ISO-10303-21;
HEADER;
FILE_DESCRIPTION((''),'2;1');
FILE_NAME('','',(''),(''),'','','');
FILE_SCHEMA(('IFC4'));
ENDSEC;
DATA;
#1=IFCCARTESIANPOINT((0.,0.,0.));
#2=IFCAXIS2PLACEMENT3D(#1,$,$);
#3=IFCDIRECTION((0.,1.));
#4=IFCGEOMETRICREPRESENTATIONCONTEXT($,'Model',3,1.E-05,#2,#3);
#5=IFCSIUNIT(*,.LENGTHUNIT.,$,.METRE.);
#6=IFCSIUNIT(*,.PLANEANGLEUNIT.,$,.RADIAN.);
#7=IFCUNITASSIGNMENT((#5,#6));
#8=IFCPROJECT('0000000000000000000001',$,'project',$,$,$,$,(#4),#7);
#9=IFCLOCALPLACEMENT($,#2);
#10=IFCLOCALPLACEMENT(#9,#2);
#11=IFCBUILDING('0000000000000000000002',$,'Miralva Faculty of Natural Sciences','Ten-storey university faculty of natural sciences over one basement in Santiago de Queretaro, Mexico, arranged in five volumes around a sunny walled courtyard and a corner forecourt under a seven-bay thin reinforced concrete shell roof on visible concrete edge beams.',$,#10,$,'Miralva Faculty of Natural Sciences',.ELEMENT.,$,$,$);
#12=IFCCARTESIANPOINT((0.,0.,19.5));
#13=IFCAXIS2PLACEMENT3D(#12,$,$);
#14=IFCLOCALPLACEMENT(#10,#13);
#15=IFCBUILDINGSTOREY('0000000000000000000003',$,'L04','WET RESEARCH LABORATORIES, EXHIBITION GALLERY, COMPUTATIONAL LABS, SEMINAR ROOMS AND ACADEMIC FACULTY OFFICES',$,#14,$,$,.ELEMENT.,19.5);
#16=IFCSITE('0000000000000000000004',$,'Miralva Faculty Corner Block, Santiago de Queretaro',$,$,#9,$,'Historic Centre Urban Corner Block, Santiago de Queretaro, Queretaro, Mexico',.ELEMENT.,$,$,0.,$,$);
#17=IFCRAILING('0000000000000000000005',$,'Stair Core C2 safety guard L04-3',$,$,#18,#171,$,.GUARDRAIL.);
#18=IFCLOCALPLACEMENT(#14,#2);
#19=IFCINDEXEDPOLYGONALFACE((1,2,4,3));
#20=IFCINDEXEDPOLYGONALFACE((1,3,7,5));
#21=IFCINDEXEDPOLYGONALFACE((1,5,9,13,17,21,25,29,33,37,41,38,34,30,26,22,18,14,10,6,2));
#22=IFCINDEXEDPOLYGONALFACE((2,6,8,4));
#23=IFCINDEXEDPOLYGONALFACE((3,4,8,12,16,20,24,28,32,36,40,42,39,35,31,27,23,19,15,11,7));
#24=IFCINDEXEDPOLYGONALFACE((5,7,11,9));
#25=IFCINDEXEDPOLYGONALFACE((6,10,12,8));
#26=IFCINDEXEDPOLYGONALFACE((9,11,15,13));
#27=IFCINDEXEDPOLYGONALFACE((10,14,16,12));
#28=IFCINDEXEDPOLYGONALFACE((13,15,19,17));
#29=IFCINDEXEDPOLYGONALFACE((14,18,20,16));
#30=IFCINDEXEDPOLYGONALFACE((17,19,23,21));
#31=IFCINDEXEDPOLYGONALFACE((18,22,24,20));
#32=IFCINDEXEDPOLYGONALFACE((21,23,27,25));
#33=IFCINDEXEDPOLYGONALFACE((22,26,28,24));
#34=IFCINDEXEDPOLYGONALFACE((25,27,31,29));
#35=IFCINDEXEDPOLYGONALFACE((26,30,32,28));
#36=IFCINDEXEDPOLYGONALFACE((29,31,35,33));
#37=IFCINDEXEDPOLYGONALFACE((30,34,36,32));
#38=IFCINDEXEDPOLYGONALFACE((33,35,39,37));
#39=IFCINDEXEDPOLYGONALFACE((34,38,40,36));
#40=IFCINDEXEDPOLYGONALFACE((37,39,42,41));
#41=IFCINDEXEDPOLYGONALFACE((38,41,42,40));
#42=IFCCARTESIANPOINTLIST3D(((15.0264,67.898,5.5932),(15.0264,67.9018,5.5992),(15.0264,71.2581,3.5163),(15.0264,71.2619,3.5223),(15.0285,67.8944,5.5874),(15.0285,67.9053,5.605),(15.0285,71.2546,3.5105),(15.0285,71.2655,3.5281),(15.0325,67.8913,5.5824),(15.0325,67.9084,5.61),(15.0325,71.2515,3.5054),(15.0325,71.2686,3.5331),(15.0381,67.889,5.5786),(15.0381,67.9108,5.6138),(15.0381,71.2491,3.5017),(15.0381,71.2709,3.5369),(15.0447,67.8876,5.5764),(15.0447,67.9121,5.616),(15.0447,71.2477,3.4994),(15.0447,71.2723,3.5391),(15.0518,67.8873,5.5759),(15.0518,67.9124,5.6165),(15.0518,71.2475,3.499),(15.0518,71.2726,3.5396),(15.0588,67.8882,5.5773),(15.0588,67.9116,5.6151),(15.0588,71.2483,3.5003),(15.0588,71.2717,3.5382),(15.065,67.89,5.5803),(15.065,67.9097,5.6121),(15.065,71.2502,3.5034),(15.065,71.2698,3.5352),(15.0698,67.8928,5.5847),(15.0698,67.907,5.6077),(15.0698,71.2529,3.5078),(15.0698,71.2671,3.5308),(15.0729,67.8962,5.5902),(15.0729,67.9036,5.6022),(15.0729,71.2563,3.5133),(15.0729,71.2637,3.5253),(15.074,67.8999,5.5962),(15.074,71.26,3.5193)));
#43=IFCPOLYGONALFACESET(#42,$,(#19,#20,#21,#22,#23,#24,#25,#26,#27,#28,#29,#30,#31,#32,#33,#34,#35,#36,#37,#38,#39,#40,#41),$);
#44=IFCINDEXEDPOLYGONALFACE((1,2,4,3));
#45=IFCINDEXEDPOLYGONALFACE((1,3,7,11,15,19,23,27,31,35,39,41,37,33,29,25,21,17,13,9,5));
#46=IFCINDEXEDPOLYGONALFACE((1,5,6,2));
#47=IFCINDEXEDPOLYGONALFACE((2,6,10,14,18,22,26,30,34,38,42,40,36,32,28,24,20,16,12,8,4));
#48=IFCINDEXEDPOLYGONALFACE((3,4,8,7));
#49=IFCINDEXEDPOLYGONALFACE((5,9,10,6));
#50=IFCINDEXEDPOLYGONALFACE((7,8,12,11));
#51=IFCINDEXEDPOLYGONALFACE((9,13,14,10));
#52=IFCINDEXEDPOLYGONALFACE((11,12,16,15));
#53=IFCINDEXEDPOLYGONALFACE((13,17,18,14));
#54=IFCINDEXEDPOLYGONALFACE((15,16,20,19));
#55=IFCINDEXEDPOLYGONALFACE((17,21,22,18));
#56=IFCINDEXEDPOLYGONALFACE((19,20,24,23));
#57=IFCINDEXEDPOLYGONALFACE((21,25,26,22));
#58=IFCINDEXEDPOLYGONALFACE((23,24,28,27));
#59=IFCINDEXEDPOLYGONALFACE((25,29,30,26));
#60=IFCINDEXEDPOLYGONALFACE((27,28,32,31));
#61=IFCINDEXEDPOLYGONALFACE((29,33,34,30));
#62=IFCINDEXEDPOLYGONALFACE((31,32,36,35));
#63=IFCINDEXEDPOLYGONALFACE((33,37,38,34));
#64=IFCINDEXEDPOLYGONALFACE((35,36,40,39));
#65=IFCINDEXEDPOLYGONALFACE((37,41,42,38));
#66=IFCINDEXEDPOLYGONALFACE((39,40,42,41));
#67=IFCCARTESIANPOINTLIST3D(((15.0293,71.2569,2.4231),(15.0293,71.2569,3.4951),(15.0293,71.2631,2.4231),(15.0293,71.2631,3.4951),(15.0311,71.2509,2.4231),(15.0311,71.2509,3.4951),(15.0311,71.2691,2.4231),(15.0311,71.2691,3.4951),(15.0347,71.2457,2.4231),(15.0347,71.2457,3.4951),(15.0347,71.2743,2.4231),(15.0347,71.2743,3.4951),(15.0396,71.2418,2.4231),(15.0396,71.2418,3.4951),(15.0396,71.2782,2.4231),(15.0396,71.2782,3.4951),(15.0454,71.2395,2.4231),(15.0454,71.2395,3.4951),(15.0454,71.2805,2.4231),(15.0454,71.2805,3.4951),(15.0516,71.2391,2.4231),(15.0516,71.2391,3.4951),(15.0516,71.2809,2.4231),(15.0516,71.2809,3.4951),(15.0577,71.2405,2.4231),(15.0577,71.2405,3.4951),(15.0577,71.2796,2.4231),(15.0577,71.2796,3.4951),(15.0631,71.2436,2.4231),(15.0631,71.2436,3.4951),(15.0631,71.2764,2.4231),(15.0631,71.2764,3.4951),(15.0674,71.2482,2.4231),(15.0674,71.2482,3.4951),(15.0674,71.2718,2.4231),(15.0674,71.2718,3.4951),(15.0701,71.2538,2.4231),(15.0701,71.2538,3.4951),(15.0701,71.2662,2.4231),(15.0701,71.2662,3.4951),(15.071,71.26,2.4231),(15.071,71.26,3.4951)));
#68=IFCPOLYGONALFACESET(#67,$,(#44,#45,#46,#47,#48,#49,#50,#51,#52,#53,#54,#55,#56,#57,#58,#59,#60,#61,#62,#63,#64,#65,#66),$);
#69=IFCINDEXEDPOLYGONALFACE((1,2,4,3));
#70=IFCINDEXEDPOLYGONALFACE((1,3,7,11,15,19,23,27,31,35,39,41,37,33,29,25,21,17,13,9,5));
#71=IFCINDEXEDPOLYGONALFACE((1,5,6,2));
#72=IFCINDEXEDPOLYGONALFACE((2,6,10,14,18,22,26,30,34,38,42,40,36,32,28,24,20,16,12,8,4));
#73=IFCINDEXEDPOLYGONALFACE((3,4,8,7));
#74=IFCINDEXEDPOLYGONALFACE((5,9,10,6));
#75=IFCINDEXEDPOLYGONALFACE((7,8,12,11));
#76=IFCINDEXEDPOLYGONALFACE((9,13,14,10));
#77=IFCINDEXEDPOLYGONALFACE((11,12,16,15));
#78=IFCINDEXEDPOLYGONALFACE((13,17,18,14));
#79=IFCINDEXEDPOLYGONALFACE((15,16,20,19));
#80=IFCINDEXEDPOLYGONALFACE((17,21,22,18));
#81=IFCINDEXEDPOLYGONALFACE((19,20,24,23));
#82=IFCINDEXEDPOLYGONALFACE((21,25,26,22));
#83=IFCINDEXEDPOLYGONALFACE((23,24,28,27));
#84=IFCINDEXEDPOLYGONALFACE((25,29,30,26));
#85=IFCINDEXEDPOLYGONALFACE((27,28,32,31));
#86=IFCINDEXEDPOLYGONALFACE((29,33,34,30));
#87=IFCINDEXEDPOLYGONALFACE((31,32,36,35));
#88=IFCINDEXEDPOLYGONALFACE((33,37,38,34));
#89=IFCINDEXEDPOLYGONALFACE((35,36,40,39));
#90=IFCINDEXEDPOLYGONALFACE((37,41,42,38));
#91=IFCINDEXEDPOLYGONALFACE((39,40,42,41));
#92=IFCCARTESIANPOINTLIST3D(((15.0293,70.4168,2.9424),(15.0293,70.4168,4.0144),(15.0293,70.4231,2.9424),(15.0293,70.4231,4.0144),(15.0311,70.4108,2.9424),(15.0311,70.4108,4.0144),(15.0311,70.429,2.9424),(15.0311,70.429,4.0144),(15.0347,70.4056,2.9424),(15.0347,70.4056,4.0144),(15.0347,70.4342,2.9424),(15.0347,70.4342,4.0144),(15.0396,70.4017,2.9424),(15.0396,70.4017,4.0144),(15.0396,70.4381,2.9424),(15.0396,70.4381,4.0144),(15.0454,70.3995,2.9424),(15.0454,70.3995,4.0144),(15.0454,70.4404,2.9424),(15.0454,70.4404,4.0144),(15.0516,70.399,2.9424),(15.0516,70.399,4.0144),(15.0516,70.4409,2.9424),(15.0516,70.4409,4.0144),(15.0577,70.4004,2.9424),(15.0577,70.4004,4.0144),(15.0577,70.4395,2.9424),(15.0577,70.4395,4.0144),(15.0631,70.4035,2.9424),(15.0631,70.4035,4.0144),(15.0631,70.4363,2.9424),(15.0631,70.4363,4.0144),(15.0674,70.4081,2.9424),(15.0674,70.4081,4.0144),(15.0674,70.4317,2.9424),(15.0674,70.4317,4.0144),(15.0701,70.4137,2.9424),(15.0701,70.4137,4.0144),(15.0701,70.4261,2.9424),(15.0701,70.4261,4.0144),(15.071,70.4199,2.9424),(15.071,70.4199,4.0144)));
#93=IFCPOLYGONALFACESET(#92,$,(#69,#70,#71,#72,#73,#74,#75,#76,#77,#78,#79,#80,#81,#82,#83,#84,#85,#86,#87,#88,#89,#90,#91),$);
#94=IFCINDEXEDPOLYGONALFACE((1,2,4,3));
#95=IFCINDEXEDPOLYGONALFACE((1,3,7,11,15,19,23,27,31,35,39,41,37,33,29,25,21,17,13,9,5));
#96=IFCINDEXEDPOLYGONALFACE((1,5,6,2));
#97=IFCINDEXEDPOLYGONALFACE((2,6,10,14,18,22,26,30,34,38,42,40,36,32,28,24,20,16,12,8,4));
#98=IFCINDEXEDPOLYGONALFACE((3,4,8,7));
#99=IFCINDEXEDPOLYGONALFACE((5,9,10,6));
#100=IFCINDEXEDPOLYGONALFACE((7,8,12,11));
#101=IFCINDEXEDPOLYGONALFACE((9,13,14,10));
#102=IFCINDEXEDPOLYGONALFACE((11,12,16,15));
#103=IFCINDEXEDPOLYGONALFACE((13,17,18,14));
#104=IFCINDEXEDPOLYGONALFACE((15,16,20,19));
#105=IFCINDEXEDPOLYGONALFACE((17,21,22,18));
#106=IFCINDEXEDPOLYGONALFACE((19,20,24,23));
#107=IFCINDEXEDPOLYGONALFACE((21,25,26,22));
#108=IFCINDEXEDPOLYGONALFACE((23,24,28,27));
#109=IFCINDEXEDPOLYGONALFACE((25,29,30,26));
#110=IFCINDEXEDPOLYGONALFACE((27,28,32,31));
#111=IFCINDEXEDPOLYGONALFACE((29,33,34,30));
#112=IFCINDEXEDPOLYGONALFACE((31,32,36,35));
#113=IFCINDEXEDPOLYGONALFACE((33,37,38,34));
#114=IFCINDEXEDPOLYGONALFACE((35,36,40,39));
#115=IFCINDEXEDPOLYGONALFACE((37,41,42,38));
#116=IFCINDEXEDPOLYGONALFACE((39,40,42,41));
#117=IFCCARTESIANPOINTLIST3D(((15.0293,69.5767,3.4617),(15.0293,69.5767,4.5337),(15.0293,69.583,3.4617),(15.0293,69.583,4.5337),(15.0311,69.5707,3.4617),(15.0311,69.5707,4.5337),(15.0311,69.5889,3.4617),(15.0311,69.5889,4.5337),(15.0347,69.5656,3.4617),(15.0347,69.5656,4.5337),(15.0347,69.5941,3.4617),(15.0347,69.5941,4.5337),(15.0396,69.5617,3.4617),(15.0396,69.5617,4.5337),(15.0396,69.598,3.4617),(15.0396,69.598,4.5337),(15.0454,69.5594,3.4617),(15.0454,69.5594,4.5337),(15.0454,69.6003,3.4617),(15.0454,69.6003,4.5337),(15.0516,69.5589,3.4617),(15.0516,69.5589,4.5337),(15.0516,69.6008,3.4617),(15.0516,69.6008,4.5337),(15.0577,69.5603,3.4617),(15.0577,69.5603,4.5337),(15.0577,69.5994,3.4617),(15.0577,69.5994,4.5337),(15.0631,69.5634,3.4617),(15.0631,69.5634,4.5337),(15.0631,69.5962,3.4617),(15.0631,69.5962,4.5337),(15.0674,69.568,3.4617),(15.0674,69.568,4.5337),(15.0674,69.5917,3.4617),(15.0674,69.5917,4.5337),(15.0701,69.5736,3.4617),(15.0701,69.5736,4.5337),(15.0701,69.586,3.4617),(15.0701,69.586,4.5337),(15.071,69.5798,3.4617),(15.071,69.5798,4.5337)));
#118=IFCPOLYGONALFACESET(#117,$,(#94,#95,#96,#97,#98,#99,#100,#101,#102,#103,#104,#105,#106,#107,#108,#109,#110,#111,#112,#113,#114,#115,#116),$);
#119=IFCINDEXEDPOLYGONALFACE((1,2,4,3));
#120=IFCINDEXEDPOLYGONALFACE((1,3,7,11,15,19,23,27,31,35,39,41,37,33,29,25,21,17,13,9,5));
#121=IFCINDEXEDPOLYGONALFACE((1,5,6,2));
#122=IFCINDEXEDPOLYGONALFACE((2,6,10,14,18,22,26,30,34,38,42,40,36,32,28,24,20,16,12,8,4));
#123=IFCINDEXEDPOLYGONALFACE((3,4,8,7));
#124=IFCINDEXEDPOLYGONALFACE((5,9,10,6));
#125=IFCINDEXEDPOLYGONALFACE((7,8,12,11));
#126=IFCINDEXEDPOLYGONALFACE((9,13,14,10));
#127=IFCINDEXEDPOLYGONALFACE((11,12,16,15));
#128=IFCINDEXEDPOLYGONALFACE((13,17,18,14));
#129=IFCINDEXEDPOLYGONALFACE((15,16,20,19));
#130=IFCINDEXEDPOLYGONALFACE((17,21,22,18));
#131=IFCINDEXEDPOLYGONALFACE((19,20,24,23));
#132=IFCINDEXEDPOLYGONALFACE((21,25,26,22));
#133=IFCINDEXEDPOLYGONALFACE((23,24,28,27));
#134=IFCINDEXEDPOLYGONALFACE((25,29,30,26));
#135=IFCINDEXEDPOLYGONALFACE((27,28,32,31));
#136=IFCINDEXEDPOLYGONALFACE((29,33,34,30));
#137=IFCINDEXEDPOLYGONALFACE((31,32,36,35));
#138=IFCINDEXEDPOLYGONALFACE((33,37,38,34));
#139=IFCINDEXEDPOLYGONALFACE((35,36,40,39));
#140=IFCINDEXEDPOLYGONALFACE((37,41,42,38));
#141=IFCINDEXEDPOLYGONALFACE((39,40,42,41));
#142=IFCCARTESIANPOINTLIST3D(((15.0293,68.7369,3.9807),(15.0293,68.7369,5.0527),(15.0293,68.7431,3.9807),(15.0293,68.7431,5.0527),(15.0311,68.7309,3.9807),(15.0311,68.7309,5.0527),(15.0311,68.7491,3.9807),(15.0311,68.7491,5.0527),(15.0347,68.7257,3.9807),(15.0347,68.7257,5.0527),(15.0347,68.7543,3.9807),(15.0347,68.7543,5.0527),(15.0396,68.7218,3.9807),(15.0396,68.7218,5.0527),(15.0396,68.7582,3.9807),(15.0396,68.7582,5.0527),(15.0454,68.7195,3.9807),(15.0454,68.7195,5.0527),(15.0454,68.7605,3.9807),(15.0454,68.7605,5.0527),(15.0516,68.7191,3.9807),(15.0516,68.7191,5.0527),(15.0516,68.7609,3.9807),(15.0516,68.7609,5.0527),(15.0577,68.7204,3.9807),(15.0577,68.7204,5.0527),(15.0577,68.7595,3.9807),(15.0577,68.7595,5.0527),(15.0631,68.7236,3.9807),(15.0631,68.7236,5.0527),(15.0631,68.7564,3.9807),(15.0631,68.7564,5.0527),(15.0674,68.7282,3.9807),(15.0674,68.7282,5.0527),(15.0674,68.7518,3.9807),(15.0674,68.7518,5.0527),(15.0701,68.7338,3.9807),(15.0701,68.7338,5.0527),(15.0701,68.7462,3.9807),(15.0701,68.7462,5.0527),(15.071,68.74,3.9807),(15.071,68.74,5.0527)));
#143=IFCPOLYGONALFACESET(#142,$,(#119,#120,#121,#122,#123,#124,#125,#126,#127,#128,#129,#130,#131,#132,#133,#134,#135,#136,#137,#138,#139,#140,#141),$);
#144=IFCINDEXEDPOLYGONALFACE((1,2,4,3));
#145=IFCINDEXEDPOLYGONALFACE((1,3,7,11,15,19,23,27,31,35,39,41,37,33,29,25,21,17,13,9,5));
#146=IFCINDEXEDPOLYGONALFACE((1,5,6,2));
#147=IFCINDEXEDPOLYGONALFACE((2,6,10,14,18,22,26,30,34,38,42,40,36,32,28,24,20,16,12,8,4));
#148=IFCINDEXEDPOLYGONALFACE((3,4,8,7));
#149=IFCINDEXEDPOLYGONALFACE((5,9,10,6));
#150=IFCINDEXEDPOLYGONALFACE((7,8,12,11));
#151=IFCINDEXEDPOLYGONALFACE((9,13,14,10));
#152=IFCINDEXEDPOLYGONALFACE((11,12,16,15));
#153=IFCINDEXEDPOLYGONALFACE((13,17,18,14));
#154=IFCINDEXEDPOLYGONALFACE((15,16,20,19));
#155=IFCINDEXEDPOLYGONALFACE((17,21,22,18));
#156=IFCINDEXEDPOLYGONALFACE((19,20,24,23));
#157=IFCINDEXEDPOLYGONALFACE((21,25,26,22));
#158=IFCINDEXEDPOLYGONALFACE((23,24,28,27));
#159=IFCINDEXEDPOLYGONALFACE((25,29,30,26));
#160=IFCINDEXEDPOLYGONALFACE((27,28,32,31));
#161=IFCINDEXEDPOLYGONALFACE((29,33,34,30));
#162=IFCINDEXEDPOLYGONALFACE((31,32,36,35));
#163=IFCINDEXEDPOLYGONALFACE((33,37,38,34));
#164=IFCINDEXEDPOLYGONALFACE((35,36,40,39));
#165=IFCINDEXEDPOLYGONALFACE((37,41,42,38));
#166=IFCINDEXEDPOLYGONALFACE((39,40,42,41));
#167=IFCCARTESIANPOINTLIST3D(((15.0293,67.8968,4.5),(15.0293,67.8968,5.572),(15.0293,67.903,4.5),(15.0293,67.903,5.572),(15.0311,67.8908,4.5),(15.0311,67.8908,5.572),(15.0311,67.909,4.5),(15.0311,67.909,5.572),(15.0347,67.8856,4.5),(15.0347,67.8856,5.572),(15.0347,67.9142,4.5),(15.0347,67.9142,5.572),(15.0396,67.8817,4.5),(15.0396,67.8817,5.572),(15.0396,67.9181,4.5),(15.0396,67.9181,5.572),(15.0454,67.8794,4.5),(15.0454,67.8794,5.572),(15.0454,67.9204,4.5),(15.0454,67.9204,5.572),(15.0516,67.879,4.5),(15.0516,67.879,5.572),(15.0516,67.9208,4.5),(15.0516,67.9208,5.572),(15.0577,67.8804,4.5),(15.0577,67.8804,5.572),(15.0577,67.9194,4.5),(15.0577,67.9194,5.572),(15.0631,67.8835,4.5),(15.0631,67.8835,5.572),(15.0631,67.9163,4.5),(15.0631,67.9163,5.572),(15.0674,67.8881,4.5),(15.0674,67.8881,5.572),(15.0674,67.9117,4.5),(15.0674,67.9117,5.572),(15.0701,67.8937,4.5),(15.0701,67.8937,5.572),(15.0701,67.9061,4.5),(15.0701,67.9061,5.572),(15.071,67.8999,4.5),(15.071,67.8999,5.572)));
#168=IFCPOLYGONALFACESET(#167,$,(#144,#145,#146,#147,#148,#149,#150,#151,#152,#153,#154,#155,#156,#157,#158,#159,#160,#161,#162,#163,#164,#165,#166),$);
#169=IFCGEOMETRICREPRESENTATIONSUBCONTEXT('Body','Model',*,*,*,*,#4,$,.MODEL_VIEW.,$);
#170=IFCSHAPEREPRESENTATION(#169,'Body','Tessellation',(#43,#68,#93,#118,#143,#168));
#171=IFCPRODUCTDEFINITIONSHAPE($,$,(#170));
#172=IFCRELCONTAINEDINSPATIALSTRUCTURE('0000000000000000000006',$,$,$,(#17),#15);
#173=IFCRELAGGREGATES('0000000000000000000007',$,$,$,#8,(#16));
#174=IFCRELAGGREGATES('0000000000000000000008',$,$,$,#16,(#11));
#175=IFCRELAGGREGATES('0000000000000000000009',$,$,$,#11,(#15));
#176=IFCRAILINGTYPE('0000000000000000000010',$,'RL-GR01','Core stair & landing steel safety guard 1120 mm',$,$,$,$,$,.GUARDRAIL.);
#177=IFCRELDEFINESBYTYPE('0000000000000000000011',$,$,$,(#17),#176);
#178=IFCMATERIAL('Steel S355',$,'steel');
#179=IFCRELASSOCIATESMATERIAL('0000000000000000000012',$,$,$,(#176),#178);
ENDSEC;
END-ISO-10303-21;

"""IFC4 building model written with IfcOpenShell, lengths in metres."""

from ifc_helpers import new_model, si_unit, direction, frame, origin, origin_2d, place, context, subcontext, project, spatial, circle, extrude, material, type_object, element, save


model = new_model("IFC4")

# Units and contexts
model_context = context("Model", 3, precision=1e-05, world=origin(), true_north=direction((0.0, 1.0)))
body_context = subcontext(model_context, "Body", "Model", "MODEL_VIEW")
ifc_project = project(units=[si_unit("LENGTHUNIT", "METRE"), si_unit("PLANEANGLEUNIT", "RADIAN")], contexts=[model_context])

# Site, building, storey
site_placement = place(None, origin())
site = spatial("IfcSite", under=ifc_project, at=site_placement, Name="Miralva Faculty Corner Block, Santiago de Queretaro", LongName="Historic Centre Urban Corner Block, Santiago de Queretaro, Queretaro, Mexico", CompositionType="ELEMENT", RefElevation=0.0)
building_placement = place(site_placement, origin())
building = spatial("IfcBuilding", under=site, at=building_placement, Name="Miralva Faculty of Natural Sciences", Description="Ten-storey university faculty of natural sciences over one basement in Santiago de Queretaro, Mexico, arranged in five volumes around a sunny walled courtyard and a corner forecourt under a seven-bay thin reinforced concrete shell roof on visible concrete edge beams.", LongName="Miralva Faculty of Natural Sciences", CompositionType="ELEMENT")
storey_placement = place(building_placement, frame((0.0, 0.0, 19.5)))
storey = spatial("IfcBuildingStorey", under=building, at=storey_placement, Name="L04", Description="WET RESEARCH LABORATORIES, EXHIBITION GALLERY, COMPUTATIONAL LABS, SEMINAR ROOMS AND ACADEMIC FACULTY OFFICES", CompositionType="ELEMENT", Elevation=19.5)

# Railing
ifc_material_1 = material(Name="Steel S355", Category="steel")
railing_type_1 = type_object("IfcRailingType", Name="RL-GR01", Description="Core stair & landing steel safety guard 1120 mm", PredefinedType="GUARDRAIL", material=ifc_material_1)
railing_1_placement = place(storey_placement, frame((15.05, 71.26, 2.4231)))
element("IfcRailing", 1, at=railing_1_placement, inside=storey, type_object=railing_type_1, Name="Stair Core C2 safety guard L04-3", PredefinedType="GUARDRAIL", context=body_context, shape_type="SweptSolid", body=[
    extrude(circle(Radius=0.0239, at=origin_2d()), frame((0.0, 0.0, 1.0962), z_axis=(0.0, -0.850623, 0.525776), x_axis=(1.0, 0.0, 0.0)), (0.0, 0.0, 1.0), 3.9502),
    extrude(circle(Radius=0.021, at=origin_2d()), origin(), (0.0, 0.0, 1.0), 1.072),
    extrude(circle(Radius=0.021, at=origin_2d()), frame((0.0, -0.8401, 0.5193)), (0.0, 0.0, 1.0), 1.072),
    extrude(circle(Radius=0.021, at=origin_2d()), frame((0.0, -1.6802, 1.0386)), (0.0, 0.0, 1.0), 1.072),
    extrude(circle(Radius=0.021, at=origin_2d()), frame((0.0, -2.52, 1.5576)), (0.0, 0.0, 1.0), 1.072),
    extrude(circle(Radius=0.021, at=origin_2d()), frame((0.0, -3.3601, 2.0769)), (0.0, 0.0, 1.0), 1.072),
])

save(model, "model.ifc")
